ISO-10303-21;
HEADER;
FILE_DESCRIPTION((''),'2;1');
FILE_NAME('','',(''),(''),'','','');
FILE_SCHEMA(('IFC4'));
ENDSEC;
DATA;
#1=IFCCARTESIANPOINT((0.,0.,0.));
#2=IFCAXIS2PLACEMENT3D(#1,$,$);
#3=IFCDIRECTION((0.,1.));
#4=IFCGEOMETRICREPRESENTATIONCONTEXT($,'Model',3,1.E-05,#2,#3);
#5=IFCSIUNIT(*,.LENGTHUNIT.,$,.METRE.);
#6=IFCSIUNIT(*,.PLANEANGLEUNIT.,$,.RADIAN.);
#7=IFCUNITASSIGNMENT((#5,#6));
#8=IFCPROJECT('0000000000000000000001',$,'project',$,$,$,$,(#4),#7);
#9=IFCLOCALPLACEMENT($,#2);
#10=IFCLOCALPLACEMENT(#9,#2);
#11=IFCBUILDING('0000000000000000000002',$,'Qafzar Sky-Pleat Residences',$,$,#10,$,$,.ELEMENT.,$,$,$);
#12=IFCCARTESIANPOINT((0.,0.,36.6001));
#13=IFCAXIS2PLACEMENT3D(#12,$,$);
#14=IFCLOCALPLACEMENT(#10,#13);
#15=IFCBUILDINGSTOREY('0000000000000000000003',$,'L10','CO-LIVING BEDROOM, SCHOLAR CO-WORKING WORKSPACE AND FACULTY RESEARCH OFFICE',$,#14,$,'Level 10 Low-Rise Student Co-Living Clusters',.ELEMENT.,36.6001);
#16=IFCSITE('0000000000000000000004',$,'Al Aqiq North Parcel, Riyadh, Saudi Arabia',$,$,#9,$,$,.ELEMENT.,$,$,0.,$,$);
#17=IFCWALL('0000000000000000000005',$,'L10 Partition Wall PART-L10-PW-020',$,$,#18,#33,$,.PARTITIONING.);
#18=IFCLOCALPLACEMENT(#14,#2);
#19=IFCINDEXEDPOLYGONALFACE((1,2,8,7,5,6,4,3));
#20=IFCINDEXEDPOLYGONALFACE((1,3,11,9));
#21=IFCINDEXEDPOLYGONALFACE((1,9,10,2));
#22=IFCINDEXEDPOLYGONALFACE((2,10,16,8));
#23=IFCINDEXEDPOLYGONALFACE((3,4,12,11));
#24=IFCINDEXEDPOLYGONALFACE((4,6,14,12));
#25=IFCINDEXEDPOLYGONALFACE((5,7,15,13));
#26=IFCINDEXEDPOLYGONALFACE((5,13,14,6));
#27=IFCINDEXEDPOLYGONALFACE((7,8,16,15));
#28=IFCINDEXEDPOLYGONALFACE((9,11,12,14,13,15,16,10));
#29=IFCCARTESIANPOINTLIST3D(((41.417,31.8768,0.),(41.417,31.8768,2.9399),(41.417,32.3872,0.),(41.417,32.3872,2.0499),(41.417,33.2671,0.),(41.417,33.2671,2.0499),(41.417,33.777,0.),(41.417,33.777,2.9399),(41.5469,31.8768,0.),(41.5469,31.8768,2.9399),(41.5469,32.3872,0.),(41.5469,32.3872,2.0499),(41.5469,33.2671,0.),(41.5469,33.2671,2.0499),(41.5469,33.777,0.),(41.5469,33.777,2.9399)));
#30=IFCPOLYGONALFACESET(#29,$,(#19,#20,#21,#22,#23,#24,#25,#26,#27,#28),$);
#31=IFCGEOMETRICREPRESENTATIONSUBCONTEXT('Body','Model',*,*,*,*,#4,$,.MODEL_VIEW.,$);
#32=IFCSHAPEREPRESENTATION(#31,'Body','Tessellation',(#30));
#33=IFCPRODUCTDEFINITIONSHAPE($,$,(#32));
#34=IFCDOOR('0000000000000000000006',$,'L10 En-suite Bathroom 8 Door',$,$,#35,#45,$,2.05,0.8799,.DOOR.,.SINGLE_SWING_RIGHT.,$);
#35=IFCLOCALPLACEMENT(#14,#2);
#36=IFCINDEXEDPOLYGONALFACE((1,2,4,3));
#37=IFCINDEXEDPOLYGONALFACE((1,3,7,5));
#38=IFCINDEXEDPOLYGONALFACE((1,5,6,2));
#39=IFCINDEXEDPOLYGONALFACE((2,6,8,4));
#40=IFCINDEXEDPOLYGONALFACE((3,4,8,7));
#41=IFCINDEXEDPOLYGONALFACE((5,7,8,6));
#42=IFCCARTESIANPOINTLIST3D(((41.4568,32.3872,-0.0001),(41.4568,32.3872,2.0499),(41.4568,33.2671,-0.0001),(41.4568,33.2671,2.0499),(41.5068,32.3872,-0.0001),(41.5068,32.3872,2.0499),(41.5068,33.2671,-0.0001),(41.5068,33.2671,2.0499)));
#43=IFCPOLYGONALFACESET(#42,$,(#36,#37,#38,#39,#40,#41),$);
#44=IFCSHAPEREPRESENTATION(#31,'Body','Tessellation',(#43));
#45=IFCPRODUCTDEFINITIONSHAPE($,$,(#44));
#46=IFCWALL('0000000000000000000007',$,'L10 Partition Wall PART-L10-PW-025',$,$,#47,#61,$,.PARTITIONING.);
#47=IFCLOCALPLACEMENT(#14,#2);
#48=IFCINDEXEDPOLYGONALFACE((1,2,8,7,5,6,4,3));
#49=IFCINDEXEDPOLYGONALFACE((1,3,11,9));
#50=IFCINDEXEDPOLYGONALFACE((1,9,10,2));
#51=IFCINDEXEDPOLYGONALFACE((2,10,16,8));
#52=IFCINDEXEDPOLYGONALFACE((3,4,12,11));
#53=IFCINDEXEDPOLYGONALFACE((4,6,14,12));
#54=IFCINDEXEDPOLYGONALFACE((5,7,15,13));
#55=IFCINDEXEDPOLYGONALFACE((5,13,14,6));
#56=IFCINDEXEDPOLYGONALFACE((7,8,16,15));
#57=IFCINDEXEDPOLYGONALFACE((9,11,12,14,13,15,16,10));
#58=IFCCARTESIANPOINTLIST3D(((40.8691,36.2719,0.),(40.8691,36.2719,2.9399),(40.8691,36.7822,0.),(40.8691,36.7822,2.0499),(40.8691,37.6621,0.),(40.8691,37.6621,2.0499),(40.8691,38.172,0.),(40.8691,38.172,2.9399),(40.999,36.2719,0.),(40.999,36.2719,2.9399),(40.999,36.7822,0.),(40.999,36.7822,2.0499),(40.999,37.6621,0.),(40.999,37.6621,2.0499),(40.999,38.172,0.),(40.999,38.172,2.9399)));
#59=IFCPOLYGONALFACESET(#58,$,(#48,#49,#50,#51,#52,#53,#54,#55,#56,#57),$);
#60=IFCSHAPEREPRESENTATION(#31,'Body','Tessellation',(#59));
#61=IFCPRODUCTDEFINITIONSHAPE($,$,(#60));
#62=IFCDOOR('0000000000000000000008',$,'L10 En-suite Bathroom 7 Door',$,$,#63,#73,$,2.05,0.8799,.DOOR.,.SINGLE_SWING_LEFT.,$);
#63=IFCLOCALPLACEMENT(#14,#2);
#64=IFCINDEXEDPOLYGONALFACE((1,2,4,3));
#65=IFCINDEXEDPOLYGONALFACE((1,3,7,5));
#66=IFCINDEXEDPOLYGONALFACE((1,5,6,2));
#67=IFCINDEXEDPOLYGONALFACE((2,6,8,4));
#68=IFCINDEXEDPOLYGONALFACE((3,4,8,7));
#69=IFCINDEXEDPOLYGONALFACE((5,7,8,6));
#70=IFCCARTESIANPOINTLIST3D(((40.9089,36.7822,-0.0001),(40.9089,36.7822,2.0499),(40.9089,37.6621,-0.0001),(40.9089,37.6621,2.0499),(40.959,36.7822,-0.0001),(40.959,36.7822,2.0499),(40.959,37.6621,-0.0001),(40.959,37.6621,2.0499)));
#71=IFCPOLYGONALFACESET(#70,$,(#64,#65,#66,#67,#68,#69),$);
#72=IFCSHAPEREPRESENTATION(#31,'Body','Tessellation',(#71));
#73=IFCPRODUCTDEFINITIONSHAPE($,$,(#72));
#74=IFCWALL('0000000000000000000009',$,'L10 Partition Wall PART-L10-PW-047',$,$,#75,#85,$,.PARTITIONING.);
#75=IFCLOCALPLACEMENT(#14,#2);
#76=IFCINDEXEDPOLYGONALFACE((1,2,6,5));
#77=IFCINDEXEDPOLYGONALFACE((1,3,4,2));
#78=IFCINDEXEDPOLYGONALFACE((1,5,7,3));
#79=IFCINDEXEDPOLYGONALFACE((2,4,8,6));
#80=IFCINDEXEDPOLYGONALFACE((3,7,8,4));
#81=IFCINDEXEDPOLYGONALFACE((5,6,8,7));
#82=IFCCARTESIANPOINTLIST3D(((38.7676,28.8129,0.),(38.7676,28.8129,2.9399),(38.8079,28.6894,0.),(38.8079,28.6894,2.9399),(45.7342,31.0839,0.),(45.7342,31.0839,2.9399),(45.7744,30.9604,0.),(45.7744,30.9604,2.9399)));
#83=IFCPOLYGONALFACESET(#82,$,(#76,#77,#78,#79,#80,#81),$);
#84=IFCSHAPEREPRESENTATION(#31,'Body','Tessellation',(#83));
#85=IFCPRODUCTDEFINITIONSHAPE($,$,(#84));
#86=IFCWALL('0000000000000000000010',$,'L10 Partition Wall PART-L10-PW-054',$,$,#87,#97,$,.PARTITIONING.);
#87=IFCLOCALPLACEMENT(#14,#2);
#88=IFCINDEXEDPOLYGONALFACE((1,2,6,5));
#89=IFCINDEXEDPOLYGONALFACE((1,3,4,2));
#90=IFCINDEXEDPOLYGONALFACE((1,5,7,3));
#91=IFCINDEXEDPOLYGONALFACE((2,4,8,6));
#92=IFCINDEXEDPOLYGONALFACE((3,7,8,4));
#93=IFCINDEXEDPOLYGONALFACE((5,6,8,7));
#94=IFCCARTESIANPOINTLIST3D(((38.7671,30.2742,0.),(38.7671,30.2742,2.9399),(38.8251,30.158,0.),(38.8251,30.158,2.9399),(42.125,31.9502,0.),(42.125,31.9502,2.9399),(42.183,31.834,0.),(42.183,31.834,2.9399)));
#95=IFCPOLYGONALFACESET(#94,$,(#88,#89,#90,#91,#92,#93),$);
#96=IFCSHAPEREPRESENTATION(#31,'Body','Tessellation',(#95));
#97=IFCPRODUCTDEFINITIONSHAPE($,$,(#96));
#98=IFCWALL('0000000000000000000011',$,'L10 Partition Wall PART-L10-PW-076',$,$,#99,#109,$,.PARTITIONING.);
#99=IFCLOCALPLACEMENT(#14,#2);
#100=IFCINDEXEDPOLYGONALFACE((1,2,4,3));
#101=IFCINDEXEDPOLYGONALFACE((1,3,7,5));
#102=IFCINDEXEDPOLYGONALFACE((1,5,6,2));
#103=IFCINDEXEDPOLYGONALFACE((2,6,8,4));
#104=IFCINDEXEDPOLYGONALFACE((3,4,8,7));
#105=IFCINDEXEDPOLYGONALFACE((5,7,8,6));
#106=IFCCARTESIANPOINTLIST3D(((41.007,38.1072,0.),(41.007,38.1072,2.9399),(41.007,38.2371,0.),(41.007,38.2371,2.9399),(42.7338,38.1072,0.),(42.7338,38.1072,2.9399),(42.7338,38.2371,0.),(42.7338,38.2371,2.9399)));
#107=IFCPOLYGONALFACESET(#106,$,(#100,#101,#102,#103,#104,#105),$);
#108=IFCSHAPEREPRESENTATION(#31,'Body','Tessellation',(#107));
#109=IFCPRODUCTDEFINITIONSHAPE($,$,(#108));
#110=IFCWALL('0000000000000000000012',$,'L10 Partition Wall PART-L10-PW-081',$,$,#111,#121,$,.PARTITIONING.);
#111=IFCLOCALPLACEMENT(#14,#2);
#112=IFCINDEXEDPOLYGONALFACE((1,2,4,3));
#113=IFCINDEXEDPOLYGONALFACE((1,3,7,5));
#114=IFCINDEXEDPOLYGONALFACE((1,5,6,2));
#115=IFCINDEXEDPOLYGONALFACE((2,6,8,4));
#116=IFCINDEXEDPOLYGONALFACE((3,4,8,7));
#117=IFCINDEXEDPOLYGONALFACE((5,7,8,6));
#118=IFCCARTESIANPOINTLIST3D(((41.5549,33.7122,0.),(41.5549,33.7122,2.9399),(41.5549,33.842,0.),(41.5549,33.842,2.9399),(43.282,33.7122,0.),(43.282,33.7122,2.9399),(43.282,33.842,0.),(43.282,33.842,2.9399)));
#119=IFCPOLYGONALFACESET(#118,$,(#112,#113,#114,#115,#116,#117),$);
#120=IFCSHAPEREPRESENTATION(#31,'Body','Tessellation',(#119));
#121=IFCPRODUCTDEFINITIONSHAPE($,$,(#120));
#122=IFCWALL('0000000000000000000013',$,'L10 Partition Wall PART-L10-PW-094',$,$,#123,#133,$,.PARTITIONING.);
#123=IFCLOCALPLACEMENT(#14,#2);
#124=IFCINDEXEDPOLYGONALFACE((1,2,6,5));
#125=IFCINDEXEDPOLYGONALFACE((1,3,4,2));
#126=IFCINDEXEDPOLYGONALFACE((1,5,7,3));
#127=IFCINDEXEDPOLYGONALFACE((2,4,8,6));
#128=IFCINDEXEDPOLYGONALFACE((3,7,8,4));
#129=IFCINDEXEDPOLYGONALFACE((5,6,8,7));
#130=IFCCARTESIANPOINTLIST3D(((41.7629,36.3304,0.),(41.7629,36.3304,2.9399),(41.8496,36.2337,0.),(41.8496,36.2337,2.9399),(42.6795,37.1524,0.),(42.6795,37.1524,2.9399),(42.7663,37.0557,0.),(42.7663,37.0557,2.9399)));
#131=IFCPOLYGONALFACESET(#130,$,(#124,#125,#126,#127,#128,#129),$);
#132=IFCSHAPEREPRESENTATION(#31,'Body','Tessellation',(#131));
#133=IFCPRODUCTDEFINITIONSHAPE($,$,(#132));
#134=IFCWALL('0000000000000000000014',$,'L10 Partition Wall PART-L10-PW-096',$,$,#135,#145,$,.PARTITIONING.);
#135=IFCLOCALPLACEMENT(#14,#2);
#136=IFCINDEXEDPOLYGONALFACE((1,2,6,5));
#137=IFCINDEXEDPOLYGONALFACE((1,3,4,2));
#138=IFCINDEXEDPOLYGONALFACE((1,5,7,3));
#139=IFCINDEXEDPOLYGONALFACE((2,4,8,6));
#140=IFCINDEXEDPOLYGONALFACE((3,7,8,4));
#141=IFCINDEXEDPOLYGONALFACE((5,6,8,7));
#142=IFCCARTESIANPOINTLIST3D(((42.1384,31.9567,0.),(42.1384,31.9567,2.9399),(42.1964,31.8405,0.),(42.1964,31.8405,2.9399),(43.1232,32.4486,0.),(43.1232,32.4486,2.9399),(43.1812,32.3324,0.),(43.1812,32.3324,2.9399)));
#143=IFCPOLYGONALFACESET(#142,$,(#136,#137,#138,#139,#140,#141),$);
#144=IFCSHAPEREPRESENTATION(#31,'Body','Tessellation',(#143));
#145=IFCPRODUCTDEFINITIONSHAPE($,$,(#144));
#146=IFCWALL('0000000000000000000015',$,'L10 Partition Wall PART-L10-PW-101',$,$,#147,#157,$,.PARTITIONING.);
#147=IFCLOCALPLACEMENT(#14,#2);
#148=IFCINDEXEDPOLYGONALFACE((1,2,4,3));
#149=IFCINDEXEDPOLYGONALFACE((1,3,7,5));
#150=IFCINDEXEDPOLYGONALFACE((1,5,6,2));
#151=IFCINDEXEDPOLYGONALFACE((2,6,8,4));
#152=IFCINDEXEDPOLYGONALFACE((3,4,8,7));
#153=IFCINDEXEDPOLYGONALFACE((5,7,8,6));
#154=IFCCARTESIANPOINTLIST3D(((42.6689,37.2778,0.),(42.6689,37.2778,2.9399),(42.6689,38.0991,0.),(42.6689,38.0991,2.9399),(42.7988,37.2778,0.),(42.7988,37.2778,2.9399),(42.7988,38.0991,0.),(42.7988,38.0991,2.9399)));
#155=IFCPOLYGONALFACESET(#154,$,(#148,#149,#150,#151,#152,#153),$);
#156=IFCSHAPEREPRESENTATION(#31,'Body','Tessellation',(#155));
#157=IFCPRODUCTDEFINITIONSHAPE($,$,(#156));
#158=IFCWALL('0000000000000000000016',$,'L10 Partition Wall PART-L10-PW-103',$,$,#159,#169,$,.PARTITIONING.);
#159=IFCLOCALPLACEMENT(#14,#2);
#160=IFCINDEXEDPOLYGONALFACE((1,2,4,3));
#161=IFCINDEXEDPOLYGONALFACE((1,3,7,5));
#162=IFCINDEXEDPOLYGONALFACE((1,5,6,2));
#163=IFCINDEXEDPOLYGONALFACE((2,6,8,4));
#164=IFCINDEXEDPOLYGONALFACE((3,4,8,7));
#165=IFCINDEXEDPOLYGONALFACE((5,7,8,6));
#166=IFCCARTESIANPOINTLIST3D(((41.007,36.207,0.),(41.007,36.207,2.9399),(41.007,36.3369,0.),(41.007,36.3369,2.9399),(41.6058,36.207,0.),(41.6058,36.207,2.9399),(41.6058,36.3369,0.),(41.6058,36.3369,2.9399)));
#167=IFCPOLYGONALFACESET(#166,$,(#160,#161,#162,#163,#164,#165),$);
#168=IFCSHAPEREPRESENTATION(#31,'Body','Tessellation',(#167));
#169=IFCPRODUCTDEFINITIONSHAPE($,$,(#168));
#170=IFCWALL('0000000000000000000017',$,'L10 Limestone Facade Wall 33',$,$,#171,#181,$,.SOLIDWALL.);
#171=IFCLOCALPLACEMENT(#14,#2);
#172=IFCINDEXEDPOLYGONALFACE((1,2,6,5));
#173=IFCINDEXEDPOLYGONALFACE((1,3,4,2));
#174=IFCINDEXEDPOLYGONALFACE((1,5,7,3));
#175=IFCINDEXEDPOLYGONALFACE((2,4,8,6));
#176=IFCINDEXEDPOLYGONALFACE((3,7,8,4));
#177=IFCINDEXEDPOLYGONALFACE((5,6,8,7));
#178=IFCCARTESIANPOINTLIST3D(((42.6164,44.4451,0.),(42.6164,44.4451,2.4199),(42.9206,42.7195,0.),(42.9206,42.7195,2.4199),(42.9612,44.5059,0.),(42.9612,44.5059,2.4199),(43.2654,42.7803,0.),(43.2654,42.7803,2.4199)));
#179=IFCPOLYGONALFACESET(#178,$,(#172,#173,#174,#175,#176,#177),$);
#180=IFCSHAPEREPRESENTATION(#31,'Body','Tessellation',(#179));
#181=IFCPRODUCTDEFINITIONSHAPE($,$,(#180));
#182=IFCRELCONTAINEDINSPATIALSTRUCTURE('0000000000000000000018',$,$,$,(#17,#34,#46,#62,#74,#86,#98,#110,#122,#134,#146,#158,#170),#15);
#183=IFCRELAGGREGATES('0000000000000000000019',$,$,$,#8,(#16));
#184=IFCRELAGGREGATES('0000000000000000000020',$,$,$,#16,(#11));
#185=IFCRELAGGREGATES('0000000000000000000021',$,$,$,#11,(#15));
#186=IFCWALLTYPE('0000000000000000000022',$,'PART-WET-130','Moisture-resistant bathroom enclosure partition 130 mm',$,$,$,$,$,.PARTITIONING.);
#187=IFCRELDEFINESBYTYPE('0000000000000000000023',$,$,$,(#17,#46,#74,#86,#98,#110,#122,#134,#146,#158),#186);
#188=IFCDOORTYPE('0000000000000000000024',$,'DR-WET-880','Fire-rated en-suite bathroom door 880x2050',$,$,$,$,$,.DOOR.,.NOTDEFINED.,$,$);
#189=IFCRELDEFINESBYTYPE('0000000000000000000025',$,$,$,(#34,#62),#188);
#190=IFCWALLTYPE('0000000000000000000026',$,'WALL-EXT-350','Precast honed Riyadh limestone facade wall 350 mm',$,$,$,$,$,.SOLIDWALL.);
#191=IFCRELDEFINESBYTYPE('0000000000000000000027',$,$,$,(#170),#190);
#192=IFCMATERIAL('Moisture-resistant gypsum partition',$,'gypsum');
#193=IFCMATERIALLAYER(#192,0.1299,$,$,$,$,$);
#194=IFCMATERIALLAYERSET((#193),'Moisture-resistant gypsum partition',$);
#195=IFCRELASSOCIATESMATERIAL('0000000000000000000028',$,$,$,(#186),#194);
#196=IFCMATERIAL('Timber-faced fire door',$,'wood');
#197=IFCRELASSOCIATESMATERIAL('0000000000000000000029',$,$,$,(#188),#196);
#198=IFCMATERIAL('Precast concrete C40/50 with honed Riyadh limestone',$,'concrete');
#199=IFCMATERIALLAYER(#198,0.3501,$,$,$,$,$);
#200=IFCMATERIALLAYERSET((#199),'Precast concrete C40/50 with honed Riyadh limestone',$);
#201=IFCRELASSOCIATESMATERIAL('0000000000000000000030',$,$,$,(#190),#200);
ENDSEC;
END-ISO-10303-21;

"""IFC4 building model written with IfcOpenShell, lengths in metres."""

from ifc_helpers import new_model, si_unit, direction, frame, frame_2d, origin, place, context, subcontext, project, spatial, rectangle, extrude, source, transform, mapped, material, layer, layer_set, type_object, element, fill, save


model = new_model("IFC4")

# Units and contexts
model_context = context("Model", 3, precision=1e-05, world=origin(), true_north=direction((0.0, 1.0)))
body_context = subcontext(model_context, "Body", "Model", "MODEL_VIEW")
ifc_project = project(units=[si_unit("LENGTHUNIT", "METRE"), si_unit("PLANEANGLEUNIT", "RADIAN")], contexts=[model_context])

# Site, building, storey
site_placement = place(None, origin())
site = spatial("IfcSite", under=ifc_project, at=site_placement, Name="Al Aqiq North Parcel, Riyadh, Saudi Arabia", CompositionType="ELEMENT", RefElevation=0.0)
building_placement = place(site_placement, origin())
building = spatial("IfcBuilding", under=site, at=building_placement, Name="Qafzar Sky-Pleat Residences", CompositionType="ELEMENT")
storey_placement = place(building_placement, frame((0.0, 0.0, 36.6001)))
storey = spatial("IfcBuildingStorey", under=building, at=storey_placement, Name="L10", Description="CO-LIVING BEDROOM, SCHOLAR CO-WORKING WORKSPACE AND FACULTY RESEARCH OFFICE", LongName="Level 10 Low-Rise Student Co-Living Clusters", CompositionType="ELEMENT", Elevation=36.6001)

# Walls, openings, doors
ifc_material_1 = material(Name="Moisture-resistant gypsum partition", Category="gypsum")
ifc_layer_1 = layer(ifc_material_1, 0.1299)
ifc_layer_set_1 = layer_set([ifc_layer_1], Name="Moisture-resistant gypsum partition")
wall_type_1 = type_object("IfcWallType", Name="PART-WET-130", Description="Moisture-resistant bathroom enclosure partition 130 mm", PredefinedType="PARTITIONING", material=ifc_layer_set_1)
wall_1_placement = place(storey_placement, frame((41.4819, 33.7771, 0.0), z_axis=(0.0, 0.0, 1.0), x_axis=(0.0, -1.0, 0.0)))
wall_1 = element("IfcWall", 1, at=wall_1_placement, inside=storey, type_object=wall_type_1, Name="L10 Partition Wall PART-L10-PW-020", PredefinedType="PARTITIONING", context=body_context, shape_type="SweptSolid", body=[
    extrude(rectangle(XDim=1.9001, YDim=0.1299, at=frame_2d((0.9502, 0.0))), origin(), (0.0, 0.0, 1.0), 2.9399),
])
opening_1_placement = place(wall_1_placement, frame((0.51, 0.0, 0.0)))
opening_1 = element("IfcOpeningElement", 2, at=opening_1_placement, cuts=wall_1, PredefinedType="OPENING", context=body_context, shape_type="SweptSolid", body=[
    extrude(rectangle(XDim=0.8799, YDim=2.05, at=frame_2d((0.4399, 1.0249))), frame((0.0, 0.075, 0.0), z_axis=(0.0, -1.0, 0.0), x_axis=(1.0, 0.0, 0.0)), (0.0, 0.0, 1.0), 0.1499),
])
ifc_material_2 = material(Name="Timber-faced fire door", Category="wood")
door_type = type_object("IfcDoorType", Name="DR-WET-880", Description="Fire-rated en-suite bathroom door 880x2050", OperationType="NOTDEFINED", PredefinedType="DOOR", material=ifc_material_2)
shared_shape_1 = source(origin(), body_context, "Body", "SweptSolid", [
    extrude(rectangle(XDim=0.8799, YDim=2.05, at=frame_2d((0.4399, 1.0249))), frame((0.0, 0.0249, 0.0), z_axis=(0.0, -1.0, 0.0), x_axis=(1.0, 0.0, 0.0)), (0.0, 0.0, 1.0), 0.05),
])
door_1_placement = place(opening_1_placement, origin())
door_1 = element("IfcDoor", 3, at=door_1_placement, inside=storey, type_object=door_type, Name="L10 En-suite Bathroom 8 Door", OperationType="SINGLE_SWING_RIGHT", OverallHeight=2.05, OverallWidth=0.8799, PredefinedType="DOOR", context=body_context, shape_type="MappedRepresentation", body=[
    mapped(shared_shape_1, transform((0.0, 0.0, 0.0), x_axis=(1.0, 0.0, 0.0), y_axis=(0.0, 1.0, 0.0), z_axis=(0.0, 0.0, 1.0), scale=1.0)),
])
fill(opening_1, door_1)
wall_2_placement = place(storey_placement, frame((40.9341, 38.1721, 0.0), z_axis=(0.0, 0.0, 1.0), x_axis=(0.0, -1.0, 0.0)))
wall_2 = element("IfcWall", 4, at=wall_2_placement, inside=storey, type_object=wall_type_1, Name="L10 Partition Wall PART-L10-PW-025", PredefinedType="PARTITIONING", context=body_context, shape_type="SweptSolid", body=[
    extrude(rectangle(XDim=1.9001, YDim=0.1299, at=frame_2d((0.9502, 0.0))), origin(), (0.0, 0.0, 1.0), 2.9399),
])
opening_2_placement = place(wall_2_placement, frame((0.51, 0.0, 0.0)))
opening_2 = element("IfcOpeningElement", 5, at=opening_2_placement, cuts=wall_2, PredefinedType="OPENING", context=body_context, shape_type="SweptSolid", body=[
    extrude(rectangle(XDim=0.8799, YDim=2.05, at=frame_2d((0.4399, 1.0249))), frame((0.0, 0.075, 0.0), z_axis=(0.0, -1.0, 0.0), x_axis=(1.0, 0.0, 0.0)), (0.0, 0.0, 1.0), 0.1499),
])
door_2_placement = place(opening_2_placement, origin())
door_2 = element("IfcDoor", 6, at=door_2_placement, inside=storey, type_object=door_type, Name="L10 En-suite Bathroom 7 Door", OperationType="SINGLE_SWING_LEFT", OverallHeight=2.05, OverallWidth=0.8799, PredefinedType="DOOR", context=body_context, shape_type="MappedRepresentation", body=[
    mapped(shared_shape_1, transform((0.0, 0.0, 0.0), x_axis=(1.0, 0.0, 0.0), y_axis=(0.0, 1.0, 0.0), z_axis=(0.0, 0.0, 1.0), scale=1.0)),
])
fill(opening_2, door_2)

# Walls
wall_3_placement = place(storey_placement, frame((38.7878, 28.7512, 0.0), z_axis=(0.0, 0.0, 1.0), x_axis=(0.950758, 0.309934, 0.0)))
element("IfcWall", 7, at=wall_3_placement, inside=storey, type_object=wall_type_1, Name="L10 Partition Wall PART-L10-PW-047", PredefinedType="PARTITIONING", context=body_context, shape_type="SweptSolid", body=[
    extrude(rectangle(XDim=7.3274, YDim=0.1299, at=frame_2d((3.6636, 0.0))), origin(), (0.0, 0.0, 1.0), 2.9399),
])
wall_4_placement = place(storey_placement, frame((38.7961, 30.2161, 0.0), z_axis=(0.0, 0.0, 1.0), x_axis=(0.894739, 0.446589, 0.0)))
element("IfcWall", 8, at=wall_4_placement, inside=storey, type_object=wall_type_1, Name="L10 Partition Wall PART-L10-PW-054", PredefinedType="PARTITIONING", context=body_context, shape_type="SweptSolid", body=[
    extrude(rectangle(XDim=3.7529, YDim=0.1299, at=frame_2d((1.8765, 0.0))), origin(), (0.0, 0.0, 1.0), 2.9399),
])
wall_5_placement = place(storey_placement, frame((41.0071, 38.1721, 0.0), z_axis=(0.0, 0.0, 1.0), x_axis=(1.0, 0.0, 0.0)))
element("IfcWall", 9, at=wall_5_placement, inside=storey, type_object=wall_type_1, Name="L10 Partition Wall PART-L10-PW-076", PredefinedType="PARTITIONING", context=body_context, shape_type="SweptSolid", body=[
    extrude(rectangle(XDim=1.7268, YDim=0.1299, at=frame_2d((0.8633, 0.0))), origin(), (0.0, 0.0, 1.0), 2.9399),
])
wall_6_placement = place(storey_placement, frame((41.5549, 33.7771, 0.0), z_axis=(0.0, 0.0, 1.0), x_axis=(1.0, 0.0, 0.0)))
element("IfcWall", 10, at=wall_6_placement, inside=storey, type_object=wall_type_1, Name="L10 Partition Wall PART-L10-PW-081", PredefinedType="PARTITIONING", context=body_context, shape_type="SweptSolid", body=[
    extrude(rectangle(XDim=1.7271, YDim=0.1299, at=frame_2d((0.8635, 0.0))), origin(), (0.0, 0.0, 1.0), 2.9399),
])
wall_7_placement = place(storey_placement, frame((41.8062, 36.282, 0.0), z_axis=(0.0, 0.0, 1.0), x_axis=(0.744525, 0.667594, 0.0)))
element("IfcWall", 11, at=wall_7_placement, inside=storey, type_object=wall_type_1, Name="L10 Partition Wall PART-L10-PW-094", PredefinedType="PARTITIONING", context=body_context, shape_type="SweptSolid", body=[
    extrude(rectangle(XDim=1.2312, YDim=0.1299, at=frame_2d((0.6157, 0.0))), origin(), (0.0, 0.0, 1.0), 2.9399),
])
wall_8_placement = place(storey_placement, frame((42.1675, 31.8987, 0.0), z_axis=(0.0, 0.0, 1.0), x_axis=(0.894605, 0.446859, 0.0)))
element("IfcWall", 12, at=wall_8_placement, inside=storey, type_object=wall_type_1, Name="L10 Partition Wall PART-L10-PW-096", PredefinedType="PARTITIONING", context=body_context, shape_type="SweptSolid", body=[
    extrude(rectangle(XDim=1.1008, YDim=0.1299, at=frame_2d((0.5503, 0.0))), origin(), (0.0, 0.0, 1.0), 2.9399),
])
wall_9_placement = place(storey_placement, frame((42.7339, 37.2778, 0.0), z_axis=(0.0, 0.0, 1.0), x_axis=(0.0, 1.0, 0.0)))
element("IfcWall", 13, at=wall_9_placement, inside=storey, type_object=wall_type_1, Name="L10 Partition Wall PART-L10-PW-101", PredefinedType="PARTITIONING", context=body_context, shape_type="SweptSolid", body=[
    extrude(rectangle(XDim=0.8213, YDim=0.1299, at=frame_2d((0.4106, 0.0))), origin(), (0.0, 0.0, 1.0), 2.9399),
])
wall_10_placement = place(storey_placement, frame((41.0071, 36.272, 0.0), z_axis=(0.0, 0.0, 1.0), x_axis=(1.0, 0.0, 0.0)))
element("IfcWall", 14, at=wall_10_placement, inside=storey, type_object=wall_type_1, Name="L10 Partition Wall PART-L10-PW-103", PredefinedType="PARTITIONING", context=body_context, shape_type="SweptSolid", body=[
    extrude(rectangle(XDim=0.5989, YDim=0.1299, at=frame_2d((0.2993, 0.0))), origin(), (0.0, 0.0, 1.0), 2.9399),
])
ifc_material_3 = material(Name="Precast concrete C40/50 with honed Riyadh limestone", Category="concrete")
ifc_layer_2 = layer(ifc_material_3, 0.3501)
ifc_layer_set_2 = layer_set([ifc_layer_2], Name="Precast concrete C40/50 with honed Riyadh limestone")
wall_type_2 = type_object("IfcWallType", Name="WALL-EXT-350", Description="Precast honed Riyadh limestone facade wall 350 mm", PredefinedType="SOLIDWALL", material=ifc_layer_set_2)
wall_11_placement = place(storey_placement, frame((43.093, 42.75, 0.0), z_axis=(0.0, 0.0, 1.0), x_axis=(-0.17361, 0.984814, 0.0)))
element("IfcWall", 15, at=wall_11_placement, inside=storey, type_object=wall_type_2, Name="L10 Limestone Facade Wall 33", PredefinedType="SOLIDWALL", context=body_context, shape_type="SweptSolid", body=[
    extrude(rectangle(XDim=1.7522, YDim=0.3501, at=frame_2d((0.876, 0.0))), origin(), (0.0, 0.0, 1.0), 2.4199),
])

save(model, "model.ifc")
